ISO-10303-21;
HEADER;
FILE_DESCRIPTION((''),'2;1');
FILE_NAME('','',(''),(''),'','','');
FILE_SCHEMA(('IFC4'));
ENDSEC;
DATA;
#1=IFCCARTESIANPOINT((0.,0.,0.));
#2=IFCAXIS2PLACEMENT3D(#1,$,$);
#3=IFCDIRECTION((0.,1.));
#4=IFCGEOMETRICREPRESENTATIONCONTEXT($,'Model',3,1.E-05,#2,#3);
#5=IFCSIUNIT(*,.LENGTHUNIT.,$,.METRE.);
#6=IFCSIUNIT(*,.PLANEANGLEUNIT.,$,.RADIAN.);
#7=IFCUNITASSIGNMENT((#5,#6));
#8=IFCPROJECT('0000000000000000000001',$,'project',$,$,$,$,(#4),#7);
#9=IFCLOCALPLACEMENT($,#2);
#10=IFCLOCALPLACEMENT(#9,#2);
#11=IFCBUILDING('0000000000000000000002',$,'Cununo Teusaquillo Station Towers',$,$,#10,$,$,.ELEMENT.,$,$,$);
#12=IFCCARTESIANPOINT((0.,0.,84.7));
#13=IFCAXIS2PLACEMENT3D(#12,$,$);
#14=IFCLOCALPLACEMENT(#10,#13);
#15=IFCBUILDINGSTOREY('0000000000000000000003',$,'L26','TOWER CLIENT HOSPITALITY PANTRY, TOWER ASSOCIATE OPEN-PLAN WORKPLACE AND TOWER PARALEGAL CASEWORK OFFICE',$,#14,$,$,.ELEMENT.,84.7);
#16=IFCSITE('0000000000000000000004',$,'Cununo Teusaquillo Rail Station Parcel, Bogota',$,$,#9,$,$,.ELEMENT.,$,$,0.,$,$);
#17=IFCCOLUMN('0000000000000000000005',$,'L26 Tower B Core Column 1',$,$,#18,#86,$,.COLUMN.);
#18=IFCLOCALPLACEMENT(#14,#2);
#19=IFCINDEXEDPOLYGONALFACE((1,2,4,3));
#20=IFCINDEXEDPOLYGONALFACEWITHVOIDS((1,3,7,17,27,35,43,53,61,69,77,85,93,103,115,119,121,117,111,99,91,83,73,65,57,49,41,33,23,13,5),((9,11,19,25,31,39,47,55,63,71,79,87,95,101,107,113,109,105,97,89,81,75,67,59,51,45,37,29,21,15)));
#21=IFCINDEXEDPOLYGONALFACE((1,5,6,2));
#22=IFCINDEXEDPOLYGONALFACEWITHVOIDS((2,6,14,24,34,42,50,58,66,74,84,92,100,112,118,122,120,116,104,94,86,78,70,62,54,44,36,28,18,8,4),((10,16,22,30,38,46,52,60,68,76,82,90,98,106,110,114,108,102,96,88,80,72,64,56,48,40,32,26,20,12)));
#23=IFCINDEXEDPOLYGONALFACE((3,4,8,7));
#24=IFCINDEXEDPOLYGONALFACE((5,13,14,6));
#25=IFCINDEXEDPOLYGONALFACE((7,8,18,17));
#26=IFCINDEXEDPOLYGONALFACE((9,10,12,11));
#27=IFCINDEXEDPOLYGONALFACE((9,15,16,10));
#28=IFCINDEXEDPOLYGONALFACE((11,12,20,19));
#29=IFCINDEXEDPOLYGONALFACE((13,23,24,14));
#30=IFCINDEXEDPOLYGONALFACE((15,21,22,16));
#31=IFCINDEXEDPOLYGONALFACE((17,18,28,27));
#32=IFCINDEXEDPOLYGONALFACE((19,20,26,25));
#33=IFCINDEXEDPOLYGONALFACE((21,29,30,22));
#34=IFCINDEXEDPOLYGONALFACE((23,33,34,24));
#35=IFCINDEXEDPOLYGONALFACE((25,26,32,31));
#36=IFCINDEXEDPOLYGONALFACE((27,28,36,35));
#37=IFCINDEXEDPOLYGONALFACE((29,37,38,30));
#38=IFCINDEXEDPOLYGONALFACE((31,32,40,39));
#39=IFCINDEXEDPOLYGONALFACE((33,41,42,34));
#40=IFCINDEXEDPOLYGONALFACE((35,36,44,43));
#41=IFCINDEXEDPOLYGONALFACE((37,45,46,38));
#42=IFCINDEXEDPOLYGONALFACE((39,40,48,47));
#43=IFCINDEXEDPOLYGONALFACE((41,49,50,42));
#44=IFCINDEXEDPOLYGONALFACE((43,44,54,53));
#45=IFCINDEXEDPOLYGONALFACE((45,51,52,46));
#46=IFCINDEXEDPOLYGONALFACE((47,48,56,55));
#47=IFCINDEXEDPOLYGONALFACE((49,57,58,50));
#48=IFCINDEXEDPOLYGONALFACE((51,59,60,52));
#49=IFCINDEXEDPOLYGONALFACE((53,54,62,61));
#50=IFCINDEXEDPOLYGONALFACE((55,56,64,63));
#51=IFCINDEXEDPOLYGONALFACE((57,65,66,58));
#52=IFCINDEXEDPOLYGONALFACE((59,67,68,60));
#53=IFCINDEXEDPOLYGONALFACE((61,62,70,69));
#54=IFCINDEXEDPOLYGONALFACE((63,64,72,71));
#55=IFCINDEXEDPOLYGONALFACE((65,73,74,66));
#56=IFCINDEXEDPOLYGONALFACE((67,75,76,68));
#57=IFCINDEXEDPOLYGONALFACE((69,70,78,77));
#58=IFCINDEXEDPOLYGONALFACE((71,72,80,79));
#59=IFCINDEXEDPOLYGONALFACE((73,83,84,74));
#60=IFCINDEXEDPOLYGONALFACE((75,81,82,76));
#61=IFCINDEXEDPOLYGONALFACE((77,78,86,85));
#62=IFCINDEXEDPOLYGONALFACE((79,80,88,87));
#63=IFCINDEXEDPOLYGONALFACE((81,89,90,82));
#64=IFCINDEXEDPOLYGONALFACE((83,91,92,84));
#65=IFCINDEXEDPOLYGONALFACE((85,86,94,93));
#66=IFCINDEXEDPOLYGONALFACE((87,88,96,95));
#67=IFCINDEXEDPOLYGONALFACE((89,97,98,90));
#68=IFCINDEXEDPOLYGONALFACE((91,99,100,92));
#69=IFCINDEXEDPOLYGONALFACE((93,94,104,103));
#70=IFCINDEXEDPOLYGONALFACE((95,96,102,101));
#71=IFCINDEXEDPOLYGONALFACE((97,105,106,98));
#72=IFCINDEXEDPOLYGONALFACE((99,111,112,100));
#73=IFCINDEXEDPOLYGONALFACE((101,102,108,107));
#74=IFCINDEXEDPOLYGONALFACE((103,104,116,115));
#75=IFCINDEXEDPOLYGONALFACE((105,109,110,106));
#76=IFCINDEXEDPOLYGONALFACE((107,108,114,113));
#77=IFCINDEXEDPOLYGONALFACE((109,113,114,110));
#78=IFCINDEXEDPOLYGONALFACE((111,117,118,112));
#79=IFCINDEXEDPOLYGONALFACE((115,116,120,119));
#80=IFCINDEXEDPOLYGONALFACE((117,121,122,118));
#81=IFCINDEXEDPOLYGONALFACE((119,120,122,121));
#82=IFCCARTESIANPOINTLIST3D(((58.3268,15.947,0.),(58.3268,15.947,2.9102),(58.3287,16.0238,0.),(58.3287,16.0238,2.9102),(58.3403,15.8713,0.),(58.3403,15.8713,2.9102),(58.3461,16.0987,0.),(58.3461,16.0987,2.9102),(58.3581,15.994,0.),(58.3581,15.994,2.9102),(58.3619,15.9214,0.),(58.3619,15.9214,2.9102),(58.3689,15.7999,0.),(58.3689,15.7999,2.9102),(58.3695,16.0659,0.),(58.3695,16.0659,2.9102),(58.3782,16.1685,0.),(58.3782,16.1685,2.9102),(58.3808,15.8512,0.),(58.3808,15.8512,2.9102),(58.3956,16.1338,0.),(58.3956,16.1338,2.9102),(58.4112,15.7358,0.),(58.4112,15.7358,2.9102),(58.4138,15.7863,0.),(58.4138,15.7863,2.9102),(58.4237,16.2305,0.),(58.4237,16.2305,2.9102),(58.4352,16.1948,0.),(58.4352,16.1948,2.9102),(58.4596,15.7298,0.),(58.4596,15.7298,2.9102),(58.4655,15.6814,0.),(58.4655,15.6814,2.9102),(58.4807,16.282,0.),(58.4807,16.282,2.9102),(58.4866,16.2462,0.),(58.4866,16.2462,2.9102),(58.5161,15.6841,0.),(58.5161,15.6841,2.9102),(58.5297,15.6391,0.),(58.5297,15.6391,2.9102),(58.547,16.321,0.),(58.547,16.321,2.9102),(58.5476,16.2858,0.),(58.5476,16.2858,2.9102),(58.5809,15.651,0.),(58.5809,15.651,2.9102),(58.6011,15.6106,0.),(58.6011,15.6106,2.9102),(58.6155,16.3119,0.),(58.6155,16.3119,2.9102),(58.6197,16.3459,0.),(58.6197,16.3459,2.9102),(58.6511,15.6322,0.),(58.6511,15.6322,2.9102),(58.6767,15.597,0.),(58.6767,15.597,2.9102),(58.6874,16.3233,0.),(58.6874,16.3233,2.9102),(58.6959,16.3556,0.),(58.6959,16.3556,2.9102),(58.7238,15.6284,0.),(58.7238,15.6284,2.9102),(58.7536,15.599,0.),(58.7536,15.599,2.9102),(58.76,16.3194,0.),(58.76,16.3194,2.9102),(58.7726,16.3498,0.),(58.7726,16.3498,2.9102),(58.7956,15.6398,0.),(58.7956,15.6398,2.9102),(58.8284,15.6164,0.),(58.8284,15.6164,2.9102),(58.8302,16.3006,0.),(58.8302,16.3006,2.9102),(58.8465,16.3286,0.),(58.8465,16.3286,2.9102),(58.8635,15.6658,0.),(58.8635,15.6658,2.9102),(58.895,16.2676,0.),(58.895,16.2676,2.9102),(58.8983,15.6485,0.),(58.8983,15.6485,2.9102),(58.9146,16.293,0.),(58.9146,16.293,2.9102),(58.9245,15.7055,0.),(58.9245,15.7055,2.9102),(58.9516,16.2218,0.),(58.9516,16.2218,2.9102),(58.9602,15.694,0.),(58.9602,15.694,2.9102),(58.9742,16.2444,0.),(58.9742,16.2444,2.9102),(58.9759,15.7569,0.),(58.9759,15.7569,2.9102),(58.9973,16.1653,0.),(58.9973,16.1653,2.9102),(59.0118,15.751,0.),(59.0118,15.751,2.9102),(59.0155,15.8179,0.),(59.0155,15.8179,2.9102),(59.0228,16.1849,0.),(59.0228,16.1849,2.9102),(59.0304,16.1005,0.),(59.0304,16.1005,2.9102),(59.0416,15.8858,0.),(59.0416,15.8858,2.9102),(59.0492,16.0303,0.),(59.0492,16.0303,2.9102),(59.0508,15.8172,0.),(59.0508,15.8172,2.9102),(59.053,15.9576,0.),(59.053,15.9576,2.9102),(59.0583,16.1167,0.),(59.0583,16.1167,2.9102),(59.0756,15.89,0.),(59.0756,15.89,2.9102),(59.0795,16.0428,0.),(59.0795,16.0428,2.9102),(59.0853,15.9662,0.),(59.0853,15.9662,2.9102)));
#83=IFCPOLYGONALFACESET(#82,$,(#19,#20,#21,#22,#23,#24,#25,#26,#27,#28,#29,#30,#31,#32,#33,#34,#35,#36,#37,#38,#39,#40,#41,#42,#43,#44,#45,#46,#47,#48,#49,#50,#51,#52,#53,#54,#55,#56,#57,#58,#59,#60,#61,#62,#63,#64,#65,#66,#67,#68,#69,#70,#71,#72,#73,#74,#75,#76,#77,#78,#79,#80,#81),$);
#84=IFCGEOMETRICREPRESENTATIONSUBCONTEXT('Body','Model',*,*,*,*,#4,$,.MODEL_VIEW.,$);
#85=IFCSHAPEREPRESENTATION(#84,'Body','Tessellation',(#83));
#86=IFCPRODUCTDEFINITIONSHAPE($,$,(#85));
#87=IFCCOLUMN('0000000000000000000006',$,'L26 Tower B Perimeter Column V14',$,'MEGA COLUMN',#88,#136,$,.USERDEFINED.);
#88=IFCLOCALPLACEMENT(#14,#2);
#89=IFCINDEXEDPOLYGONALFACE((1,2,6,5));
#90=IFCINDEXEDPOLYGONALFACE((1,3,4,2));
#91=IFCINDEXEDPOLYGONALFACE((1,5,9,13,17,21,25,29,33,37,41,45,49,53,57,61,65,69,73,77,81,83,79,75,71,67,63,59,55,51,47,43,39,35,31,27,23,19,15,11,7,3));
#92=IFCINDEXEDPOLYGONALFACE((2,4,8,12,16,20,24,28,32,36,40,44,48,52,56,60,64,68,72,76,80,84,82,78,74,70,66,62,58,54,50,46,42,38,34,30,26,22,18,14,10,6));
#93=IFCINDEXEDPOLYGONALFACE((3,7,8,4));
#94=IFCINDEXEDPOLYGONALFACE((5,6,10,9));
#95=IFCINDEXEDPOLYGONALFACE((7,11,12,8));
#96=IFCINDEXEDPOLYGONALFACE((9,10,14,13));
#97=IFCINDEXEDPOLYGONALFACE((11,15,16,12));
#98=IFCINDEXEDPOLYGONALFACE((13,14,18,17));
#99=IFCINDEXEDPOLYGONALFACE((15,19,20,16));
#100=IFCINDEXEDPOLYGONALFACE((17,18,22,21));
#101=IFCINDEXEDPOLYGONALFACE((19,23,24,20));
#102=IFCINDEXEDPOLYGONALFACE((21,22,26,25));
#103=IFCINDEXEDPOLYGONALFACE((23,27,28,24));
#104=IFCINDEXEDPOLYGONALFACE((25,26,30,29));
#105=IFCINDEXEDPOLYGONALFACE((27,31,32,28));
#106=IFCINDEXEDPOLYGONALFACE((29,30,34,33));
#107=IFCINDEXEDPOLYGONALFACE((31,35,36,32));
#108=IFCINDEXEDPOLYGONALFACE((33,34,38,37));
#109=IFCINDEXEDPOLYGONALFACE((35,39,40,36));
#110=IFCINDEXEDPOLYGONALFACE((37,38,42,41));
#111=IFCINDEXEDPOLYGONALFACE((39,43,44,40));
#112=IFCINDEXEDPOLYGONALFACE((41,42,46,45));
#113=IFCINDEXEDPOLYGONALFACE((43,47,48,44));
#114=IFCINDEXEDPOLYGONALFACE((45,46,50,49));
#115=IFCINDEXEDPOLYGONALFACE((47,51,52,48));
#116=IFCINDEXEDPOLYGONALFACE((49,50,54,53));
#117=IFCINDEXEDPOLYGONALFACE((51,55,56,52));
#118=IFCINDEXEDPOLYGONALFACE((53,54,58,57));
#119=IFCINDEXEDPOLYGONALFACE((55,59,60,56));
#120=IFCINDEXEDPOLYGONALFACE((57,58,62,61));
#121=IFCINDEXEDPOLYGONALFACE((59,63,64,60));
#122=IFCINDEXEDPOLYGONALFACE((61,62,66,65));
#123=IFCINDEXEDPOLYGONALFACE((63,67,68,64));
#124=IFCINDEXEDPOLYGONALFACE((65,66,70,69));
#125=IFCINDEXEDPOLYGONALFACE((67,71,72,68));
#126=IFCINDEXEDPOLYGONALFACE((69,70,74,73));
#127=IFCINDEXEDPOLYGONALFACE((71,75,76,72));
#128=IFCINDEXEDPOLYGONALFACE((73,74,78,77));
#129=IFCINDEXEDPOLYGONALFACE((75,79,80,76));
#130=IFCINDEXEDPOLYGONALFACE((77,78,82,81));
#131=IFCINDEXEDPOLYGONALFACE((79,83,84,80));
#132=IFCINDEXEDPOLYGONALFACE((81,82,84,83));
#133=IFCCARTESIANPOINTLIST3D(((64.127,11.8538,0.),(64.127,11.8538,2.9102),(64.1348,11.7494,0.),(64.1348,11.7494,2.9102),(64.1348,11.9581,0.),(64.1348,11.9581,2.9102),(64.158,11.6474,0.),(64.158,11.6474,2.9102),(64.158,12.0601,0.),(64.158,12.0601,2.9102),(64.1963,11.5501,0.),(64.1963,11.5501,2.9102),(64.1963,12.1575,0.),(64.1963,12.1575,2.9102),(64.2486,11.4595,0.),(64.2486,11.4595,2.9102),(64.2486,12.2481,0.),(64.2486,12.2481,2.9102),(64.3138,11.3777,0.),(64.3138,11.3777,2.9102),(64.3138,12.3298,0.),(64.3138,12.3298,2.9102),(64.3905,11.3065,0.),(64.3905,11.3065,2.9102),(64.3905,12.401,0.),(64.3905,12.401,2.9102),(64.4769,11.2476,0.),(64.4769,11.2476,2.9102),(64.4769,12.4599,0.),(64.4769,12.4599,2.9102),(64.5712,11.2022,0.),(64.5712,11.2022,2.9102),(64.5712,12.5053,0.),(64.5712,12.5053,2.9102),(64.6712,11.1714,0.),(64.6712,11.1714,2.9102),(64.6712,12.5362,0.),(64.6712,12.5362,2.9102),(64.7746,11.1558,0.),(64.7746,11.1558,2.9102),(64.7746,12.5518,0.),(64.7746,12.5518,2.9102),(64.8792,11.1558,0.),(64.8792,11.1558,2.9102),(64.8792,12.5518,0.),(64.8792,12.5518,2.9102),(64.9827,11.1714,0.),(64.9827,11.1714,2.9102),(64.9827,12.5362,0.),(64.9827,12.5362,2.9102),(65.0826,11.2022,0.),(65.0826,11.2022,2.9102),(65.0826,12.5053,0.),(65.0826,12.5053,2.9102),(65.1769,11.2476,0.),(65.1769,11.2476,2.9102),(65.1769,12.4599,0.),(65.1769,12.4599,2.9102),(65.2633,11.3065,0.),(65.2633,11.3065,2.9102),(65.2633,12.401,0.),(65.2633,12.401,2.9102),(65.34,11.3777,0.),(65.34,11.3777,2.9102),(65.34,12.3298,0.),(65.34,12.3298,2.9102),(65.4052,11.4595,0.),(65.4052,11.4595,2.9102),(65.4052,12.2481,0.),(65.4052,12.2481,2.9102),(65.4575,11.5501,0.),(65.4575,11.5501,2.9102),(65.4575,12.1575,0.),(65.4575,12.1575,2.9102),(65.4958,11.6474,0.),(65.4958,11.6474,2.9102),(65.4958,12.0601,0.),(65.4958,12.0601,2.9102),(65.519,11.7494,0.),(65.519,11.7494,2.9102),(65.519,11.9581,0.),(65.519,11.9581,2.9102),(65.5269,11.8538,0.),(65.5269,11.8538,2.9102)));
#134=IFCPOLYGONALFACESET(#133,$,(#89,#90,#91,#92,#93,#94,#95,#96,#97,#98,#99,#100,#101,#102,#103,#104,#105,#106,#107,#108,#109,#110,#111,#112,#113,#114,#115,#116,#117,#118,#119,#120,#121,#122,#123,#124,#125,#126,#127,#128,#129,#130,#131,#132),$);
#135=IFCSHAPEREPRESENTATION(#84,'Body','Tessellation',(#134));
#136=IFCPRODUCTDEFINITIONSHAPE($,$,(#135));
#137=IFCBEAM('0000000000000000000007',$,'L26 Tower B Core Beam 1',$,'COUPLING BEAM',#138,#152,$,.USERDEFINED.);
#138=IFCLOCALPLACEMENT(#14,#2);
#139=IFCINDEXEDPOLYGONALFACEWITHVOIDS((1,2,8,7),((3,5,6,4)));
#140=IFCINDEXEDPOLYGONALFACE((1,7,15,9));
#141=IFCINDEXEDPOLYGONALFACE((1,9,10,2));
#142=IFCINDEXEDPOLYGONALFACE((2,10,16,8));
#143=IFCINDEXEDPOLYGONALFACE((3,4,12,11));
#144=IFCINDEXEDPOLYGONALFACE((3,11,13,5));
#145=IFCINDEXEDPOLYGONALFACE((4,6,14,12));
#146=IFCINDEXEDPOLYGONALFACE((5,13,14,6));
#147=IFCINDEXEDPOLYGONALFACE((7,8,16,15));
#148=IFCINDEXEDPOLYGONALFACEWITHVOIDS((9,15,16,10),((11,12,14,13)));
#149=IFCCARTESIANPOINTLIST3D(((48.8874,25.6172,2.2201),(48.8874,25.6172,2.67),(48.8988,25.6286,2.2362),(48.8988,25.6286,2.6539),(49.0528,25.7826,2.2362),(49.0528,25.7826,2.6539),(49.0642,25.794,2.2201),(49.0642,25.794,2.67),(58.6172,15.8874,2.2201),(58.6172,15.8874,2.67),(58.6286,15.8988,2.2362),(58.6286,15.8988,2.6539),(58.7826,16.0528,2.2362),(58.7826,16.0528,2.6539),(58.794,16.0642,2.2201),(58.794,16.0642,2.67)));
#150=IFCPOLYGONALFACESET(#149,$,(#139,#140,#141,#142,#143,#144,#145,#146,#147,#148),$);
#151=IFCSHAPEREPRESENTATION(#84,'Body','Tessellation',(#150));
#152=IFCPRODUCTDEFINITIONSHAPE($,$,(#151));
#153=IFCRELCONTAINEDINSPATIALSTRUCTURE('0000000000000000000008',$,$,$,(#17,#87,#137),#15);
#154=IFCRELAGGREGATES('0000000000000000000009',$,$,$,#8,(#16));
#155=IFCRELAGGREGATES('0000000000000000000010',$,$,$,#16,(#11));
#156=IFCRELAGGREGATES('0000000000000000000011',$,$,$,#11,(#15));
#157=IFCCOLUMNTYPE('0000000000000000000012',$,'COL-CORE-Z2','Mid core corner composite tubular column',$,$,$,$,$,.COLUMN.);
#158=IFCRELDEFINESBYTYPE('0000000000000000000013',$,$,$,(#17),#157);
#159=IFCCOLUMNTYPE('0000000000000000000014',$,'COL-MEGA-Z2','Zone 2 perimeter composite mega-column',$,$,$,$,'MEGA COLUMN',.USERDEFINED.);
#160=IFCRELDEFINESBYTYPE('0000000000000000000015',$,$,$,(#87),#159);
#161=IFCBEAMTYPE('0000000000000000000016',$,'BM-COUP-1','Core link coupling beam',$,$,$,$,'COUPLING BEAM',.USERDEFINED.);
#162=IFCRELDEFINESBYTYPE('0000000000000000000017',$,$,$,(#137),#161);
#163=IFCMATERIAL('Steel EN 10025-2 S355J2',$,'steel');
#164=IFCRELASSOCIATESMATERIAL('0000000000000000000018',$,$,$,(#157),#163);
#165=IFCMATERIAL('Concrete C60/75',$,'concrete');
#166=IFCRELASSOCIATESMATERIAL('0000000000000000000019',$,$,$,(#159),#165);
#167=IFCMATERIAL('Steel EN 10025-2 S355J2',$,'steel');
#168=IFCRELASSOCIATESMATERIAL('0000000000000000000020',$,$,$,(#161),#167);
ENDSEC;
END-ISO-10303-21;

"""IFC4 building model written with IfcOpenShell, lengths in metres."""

from ifc_helpers import new_model, si_unit, direction, frame, origin, origin_2d, place, context, subcontext, project, spatial, hollow_rectangle, circle, hollow_circle, extrude, material, material_profile, profile_set, type_object, element, save


model = new_model("IFC4")

# Units and contexts
model_context = context("Model", 3, precision=1e-05, world=origin(), true_north=direction((0.0, 1.0)))
body_context = subcontext(model_context, "Body", "Model", "MODEL_VIEW")
ifc_project = project(units=[si_unit("LENGTHUNIT", "METRE"), si_unit("PLANEANGLEUNIT", "RADIAN")], contexts=[model_context])

# Site, building, storey
site_placement = place(None, origin())
site = spatial("IfcSite", under=ifc_project, at=site_placement, Name="Cununo Teusaquillo Rail Station Parcel, Bogota", CompositionType="ELEMENT", RefElevation=0.0)
building_placement = place(site_placement, origin())
building = spatial("IfcBuilding", under=site, at=building_placement, Name="Cununo Teusaquillo Station Towers", CompositionType="ELEMENT")
storey_placement = place(building_placement, frame((0.0, 0.0, 84.7)))
storey = spatial("IfcBuildingStorey", under=building, at=storey_placement, Name="L26", Description="TOWER CLIENT HOSPITALITY PANTRY, TOWER ASSOCIATE OPEN-PLAN WORKPLACE AND TOWER PARALEGAL CASEWORK OFFICE", CompositionType="ELEMENT", Elevation=84.7)

# Columns
ifc_material_1 = material(Name="Steel EN 10025-2 S355J2", Category="steel")
ifc_material_profile_1 = material_profile(ifc_material_1, hollow_circle(Radius=0.3799, WallThickness=0.032, at=origin_2d()), Name="CHS 760x32")
ifc_profile_set_1 = profile_set([ifc_material_profile_1], Name="Steel EN 10025-2 S355J2")
column_type_1 = type_object("IfcColumnType", Name="COL-CORE-Z2", Description="Mid core corner composite tubular column", PredefinedType="COLUMN", material=ifc_profile_set_1)
column_1_placement = place(storey_placement, frame((58.7056, 15.9758, 0.0), z_axis=(0.0, 0.0, 1.0), x_axis=(0.707107, 0.707107, 0.0)))
element("IfcColumn", 1, at=column_1_placement, inside=storey, type_object=column_type_1, Name="L26 Tower B Core Column 1", PredefinedType="COLUMN", context=body_context, shape_type="SweptSolid", body=[
    extrude(hollow_circle(Radius=0.3799, WallThickness=0.032, at=origin_2d()), origin(), (0.0, 0.0, 1.0), 2.9102),
])
ifc_material_2 = material(Name="Concrete C60/75", Category="concrete")
ifc_material_profile_2 = material_profile(ifc_material_2, circle(Radius=0.7, at=origin_2d()), Name="RC-CIRC-1400")
ifc_profile_set_2 = profile_set([ifc_material_profile_2], Name="Concrete C60/75")
column_type_2 = type_object("IfcColumnType", Name="COL-MEGA-Z2", Description="Zone 2 perimeter composite mega-column", ElementType="MEGA COLUMN", PredefinedType="USERDEFINED", material=ifc_profile_set_2)
column_2_placement = place(storey_placement, frame((64.8269, 11.8538, 0.0), z_axis=(0.0, 0.0, 1.0), x_axis=(1.0, 0.0, 0.0)))
element("IfcColumn", 2, at=column_2_placement, inside=storey, type_object=column_type_2, Name="L26 Tower B Perimeter Column V14", ObjectType="MEGA COLUMN", PredefinedType="USERDEFINED", context=body_context, shape_type="SweptSolid", body=[
    extrude(circle(Radius=0.7, at=origin_2d()), origin(), (0.0, 0.0, 1.0), 2.9102),
])

# Beam
ifc_material_3 = material(Name="Steel EN 10025-2 S355J2", Category="steel")
ifc_material_profile_3 = material_profile(ifc_material_3, hollow_rectangle(XDim=0.25, YDim=0.45, WallThickness=0.0161, at=origin_2d()), Name="RHS 450x250x16")
ifc_profile_set_3 = profile_set([ifc_material_profile_3], Name="Steel EN 10025-2 S355J2")
beam_type_1 = type_object("IfcBeamType", Name="BM-COUP-1", Description="Core link coupling beam", ElementType="COUPLING BEAM", PredefinedType="USERDEFINED", material=ifc_profile_set_3)
beam_1_placement = place(storey_placement, frame((58.7056, 15.9758, 2.4451), z_axis=(-0.707107, 0.707107, 0.0), x_axis=(-0.707107, -0.707107, 0.0)))
element("IfcBeam", 3, at=beam_1_placement, inside=storey, type_object=beam_type_1, Name="L26 Tower B Core Beam 1", ObjectType="COUPLING BEAM", PredefinedType="USERDEFINED", context=body_context, shape_type="SweptSolid", body=[
    extrude(hollow_rectangle(XDim=0.25, YDim=0.45, WallThickness=0.0161, at=origin_2d()), origin(), (0.0, 0.0, 1.0), 13.76),
])

save(model, "model.ifc")
